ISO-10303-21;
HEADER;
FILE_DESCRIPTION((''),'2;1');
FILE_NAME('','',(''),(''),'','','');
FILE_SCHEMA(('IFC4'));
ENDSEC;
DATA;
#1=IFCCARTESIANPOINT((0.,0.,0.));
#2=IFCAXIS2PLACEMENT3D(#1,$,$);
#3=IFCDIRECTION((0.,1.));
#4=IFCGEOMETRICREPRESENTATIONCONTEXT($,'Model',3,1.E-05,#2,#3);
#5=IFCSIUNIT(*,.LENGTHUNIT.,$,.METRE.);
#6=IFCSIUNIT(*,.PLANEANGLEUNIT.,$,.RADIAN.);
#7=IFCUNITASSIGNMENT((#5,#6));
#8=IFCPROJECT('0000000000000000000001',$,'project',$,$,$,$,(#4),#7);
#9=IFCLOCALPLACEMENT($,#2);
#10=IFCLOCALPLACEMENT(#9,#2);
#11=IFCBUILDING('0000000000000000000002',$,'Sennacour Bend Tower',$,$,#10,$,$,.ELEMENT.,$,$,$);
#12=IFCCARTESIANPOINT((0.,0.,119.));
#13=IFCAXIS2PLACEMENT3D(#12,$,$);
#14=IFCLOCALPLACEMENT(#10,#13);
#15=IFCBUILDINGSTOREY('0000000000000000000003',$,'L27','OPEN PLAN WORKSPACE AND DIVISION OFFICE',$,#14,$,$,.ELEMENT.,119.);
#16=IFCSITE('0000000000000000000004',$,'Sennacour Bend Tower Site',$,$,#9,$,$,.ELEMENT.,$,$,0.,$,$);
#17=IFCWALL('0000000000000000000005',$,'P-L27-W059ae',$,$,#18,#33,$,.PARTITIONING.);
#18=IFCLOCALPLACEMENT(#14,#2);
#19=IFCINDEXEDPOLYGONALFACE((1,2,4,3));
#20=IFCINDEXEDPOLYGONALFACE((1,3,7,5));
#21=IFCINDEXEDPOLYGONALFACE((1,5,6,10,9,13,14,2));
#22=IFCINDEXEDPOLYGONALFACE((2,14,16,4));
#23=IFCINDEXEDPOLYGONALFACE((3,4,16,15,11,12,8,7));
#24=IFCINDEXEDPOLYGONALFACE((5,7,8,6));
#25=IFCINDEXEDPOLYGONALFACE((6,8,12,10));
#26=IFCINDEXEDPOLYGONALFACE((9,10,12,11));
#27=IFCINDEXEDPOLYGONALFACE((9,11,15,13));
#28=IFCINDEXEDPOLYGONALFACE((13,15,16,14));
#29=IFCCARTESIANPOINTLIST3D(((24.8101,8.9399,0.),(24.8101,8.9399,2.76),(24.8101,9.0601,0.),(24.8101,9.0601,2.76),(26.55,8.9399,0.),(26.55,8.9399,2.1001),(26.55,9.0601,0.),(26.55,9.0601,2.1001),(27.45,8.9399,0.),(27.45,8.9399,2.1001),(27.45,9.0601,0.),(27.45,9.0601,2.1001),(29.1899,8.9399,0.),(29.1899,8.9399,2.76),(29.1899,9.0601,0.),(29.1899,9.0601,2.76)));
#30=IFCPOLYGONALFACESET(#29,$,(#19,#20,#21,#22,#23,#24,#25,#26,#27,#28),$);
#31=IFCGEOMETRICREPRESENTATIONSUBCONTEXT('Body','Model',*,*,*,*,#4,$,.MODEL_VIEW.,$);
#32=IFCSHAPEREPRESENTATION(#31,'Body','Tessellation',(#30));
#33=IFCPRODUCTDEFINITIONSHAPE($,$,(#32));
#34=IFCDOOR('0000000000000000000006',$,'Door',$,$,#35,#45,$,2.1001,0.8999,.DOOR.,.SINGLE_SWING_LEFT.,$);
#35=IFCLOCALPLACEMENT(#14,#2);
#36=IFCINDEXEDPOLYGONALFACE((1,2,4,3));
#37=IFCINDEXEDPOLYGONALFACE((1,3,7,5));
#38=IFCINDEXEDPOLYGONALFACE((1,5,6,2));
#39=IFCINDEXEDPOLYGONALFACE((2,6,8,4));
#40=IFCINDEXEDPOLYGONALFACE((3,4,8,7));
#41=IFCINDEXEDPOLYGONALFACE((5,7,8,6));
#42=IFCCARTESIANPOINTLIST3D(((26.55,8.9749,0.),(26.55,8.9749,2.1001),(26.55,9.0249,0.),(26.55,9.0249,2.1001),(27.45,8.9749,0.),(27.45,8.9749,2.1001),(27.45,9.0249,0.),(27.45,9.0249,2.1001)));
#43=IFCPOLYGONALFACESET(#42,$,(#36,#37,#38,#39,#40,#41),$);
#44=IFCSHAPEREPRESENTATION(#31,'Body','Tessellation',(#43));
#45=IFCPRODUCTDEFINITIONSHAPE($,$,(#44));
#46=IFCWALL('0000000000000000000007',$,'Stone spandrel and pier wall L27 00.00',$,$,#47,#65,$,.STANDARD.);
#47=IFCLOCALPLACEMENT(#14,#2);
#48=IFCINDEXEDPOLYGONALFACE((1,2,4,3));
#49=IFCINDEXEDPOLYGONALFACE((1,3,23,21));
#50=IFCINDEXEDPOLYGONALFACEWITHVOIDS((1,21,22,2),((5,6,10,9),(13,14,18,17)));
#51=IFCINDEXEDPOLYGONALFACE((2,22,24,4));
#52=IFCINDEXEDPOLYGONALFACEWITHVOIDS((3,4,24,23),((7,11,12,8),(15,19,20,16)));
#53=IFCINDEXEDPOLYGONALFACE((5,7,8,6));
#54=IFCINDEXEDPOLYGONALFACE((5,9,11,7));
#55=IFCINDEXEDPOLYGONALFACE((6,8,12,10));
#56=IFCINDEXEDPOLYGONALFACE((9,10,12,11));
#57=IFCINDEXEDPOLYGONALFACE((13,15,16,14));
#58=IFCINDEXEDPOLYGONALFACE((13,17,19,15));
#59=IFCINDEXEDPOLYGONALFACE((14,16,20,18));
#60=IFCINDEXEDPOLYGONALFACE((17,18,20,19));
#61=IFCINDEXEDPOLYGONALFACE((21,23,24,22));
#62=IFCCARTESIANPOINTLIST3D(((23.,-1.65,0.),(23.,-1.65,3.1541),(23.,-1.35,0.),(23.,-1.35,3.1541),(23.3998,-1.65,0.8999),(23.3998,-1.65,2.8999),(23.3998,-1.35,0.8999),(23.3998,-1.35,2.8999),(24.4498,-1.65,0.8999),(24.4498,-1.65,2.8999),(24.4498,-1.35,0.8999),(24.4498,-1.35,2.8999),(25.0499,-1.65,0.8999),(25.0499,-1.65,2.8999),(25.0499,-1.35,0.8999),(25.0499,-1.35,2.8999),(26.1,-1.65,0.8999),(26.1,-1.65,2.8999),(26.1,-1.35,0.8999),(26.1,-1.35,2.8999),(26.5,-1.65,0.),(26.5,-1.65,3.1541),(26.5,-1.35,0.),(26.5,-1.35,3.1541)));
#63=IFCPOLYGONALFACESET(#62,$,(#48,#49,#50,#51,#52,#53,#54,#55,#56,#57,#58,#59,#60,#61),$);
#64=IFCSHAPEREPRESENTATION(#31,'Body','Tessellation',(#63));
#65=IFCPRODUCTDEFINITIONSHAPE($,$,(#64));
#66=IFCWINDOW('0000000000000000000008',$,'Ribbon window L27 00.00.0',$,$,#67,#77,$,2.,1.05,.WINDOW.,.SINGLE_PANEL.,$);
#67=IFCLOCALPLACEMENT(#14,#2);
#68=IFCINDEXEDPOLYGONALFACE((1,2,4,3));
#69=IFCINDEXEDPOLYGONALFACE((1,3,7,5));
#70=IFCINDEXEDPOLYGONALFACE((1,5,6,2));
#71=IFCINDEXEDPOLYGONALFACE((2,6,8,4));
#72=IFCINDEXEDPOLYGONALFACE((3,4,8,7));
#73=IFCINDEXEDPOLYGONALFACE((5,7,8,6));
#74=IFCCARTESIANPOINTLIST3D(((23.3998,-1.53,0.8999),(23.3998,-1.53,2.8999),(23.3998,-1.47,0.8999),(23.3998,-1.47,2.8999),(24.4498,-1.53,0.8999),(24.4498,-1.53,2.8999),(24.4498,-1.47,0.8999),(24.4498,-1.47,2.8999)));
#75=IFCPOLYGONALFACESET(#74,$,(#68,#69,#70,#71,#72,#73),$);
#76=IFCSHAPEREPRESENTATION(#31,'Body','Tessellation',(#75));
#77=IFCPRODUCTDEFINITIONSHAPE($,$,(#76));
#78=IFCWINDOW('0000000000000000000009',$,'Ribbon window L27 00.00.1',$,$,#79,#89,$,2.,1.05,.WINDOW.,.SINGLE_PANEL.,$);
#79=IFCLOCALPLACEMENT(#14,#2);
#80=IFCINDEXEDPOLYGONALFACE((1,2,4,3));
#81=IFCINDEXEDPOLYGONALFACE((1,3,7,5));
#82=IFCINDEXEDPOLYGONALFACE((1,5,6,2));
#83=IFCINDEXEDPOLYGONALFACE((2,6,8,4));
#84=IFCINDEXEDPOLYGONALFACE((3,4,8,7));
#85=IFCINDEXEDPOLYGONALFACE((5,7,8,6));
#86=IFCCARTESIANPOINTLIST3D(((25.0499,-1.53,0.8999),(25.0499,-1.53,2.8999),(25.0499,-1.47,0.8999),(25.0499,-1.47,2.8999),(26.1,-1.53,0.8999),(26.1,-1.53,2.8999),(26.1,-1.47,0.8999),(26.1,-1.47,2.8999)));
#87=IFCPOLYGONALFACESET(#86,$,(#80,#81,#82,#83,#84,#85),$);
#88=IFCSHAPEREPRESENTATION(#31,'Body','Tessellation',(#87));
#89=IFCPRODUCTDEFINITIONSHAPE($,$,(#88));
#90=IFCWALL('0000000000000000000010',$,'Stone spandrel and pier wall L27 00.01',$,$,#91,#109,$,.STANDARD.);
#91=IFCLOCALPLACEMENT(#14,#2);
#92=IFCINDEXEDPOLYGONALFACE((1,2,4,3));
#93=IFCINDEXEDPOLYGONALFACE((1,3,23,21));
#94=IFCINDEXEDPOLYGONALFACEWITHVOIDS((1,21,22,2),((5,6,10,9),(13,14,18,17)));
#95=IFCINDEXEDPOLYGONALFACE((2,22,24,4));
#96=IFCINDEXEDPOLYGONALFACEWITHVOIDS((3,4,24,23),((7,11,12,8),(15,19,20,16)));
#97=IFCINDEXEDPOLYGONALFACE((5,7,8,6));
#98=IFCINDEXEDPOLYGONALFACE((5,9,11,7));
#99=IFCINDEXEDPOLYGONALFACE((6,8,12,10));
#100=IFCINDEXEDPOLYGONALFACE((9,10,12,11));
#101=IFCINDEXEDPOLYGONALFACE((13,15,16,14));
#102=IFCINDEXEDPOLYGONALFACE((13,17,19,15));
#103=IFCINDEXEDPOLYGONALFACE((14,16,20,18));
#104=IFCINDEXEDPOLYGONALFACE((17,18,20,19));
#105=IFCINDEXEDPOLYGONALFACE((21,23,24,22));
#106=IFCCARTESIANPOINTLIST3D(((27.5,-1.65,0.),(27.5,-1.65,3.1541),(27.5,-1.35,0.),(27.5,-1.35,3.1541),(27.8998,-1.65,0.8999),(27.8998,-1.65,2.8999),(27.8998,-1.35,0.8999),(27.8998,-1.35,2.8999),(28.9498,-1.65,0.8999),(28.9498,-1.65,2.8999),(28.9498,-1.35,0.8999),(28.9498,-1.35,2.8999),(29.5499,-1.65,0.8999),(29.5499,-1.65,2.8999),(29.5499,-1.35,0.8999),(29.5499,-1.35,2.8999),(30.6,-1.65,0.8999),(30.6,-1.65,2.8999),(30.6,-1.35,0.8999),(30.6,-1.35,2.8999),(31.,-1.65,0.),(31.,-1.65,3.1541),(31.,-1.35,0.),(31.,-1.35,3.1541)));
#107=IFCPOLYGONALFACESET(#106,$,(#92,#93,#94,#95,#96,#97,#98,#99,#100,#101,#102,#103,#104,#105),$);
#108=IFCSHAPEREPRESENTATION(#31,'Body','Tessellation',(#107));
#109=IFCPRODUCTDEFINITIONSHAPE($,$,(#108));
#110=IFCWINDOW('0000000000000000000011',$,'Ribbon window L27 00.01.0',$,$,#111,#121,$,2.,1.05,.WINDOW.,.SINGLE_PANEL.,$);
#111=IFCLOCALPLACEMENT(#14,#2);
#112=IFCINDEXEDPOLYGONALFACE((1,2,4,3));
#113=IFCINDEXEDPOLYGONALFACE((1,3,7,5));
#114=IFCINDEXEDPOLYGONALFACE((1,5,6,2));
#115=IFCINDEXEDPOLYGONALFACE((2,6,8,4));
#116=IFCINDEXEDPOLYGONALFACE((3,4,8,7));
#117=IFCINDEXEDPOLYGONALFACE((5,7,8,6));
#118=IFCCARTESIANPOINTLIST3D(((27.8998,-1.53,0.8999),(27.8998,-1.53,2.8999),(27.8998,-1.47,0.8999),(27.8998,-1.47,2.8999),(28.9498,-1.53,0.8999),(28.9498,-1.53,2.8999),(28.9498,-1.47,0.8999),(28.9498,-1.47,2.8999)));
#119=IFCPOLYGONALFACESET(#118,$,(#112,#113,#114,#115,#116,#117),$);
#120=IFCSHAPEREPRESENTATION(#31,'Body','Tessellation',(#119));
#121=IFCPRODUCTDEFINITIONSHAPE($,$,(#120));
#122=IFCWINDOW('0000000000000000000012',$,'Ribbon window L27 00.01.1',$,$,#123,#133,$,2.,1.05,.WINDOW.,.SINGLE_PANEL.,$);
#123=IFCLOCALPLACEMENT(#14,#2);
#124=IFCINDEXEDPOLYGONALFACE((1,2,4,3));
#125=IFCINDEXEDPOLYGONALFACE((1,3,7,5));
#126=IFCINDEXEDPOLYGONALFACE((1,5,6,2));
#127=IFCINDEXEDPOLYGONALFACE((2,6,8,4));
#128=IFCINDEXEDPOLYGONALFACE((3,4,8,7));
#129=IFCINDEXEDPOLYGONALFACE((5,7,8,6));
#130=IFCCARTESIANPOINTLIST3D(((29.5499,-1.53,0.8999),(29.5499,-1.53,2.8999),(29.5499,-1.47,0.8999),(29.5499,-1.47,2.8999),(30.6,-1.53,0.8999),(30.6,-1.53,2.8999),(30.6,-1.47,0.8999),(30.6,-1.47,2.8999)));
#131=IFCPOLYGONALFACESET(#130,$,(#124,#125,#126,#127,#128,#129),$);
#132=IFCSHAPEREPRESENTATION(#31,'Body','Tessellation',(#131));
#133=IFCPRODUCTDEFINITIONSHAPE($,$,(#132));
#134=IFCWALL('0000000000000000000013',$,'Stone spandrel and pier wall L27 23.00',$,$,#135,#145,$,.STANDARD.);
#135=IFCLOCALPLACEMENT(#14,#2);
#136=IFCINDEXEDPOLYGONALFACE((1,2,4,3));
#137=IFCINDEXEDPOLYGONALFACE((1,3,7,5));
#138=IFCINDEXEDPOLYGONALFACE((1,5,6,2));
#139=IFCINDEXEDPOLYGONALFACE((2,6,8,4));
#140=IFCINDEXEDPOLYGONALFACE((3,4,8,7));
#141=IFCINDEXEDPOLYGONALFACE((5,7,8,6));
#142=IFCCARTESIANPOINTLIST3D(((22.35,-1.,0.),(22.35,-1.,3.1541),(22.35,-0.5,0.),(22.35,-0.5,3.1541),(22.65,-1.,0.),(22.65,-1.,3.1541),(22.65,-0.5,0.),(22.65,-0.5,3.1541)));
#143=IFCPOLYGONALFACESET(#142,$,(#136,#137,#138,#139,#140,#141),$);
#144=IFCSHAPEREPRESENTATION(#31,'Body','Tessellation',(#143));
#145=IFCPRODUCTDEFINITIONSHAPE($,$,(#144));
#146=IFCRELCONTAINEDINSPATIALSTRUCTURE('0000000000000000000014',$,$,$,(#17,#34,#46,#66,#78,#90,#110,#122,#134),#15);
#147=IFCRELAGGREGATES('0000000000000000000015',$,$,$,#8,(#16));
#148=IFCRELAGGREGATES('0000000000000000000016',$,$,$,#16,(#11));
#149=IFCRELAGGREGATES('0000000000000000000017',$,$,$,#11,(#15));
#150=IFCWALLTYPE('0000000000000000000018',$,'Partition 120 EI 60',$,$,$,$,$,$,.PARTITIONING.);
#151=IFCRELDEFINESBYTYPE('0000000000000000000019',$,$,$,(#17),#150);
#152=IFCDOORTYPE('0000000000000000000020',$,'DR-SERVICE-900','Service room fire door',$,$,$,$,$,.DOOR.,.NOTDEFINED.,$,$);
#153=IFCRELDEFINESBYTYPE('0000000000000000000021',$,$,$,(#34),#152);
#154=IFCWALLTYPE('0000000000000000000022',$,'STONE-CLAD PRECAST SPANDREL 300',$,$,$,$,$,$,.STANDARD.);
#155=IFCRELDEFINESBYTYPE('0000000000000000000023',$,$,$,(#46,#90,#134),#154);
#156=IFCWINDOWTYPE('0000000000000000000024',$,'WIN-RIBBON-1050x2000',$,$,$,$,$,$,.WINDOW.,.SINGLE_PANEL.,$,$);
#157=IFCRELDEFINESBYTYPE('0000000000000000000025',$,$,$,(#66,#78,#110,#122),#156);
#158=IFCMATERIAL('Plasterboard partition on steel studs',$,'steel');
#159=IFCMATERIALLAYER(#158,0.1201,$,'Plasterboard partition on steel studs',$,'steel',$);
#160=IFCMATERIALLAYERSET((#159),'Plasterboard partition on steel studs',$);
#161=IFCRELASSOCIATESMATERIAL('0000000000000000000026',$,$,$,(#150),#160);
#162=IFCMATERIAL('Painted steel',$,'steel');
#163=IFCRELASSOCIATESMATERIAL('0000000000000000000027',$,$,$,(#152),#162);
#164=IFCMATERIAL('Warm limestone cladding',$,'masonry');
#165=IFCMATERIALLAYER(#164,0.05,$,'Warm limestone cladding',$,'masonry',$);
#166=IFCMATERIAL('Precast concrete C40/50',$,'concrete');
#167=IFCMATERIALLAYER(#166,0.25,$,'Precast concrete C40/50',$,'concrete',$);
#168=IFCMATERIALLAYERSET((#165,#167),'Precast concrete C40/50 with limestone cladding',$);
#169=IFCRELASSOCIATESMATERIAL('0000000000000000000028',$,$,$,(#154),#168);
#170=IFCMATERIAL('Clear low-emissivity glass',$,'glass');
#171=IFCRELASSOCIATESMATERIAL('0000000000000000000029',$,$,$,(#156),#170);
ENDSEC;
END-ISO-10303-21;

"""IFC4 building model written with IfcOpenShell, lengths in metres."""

from ifc_helpers import new_model, si_unit, direction, frame, frame_2d, origin, place, context, subcontext, project, spatial, rectangle, extrude, material, layer, layer_set, type_object, element, fill, save


model = new_model("IFC4")

# Units and contexts
model_context = context("Model", 3, precision=1e-05, world=origin(), true_north=direction((0.0, 1.0)))
body_context = subcontext(model_context, "Body", "Model", "MODEL_VIEW")
ifc_project = project(units=[si_unit("LENGTHUNIT", "METRE"), si_unit("PLANEANGLEUNIT", "RADIAN")], contexts=[model_context])

# Site, building, storey
site_placement = place(None, origin())
site = spatial("IfcSite", under=ifc_project, at=site_placement, Name="Sennacour Bend Tower Site", CompositionType="ELEMENT", RefElevation=0.0)
building_placement = place(site_placement, origin())
building = spatial("IfcBuilding", under=site, at=building_placement, Name="Sennacour Bend Tower", CompositionType="ELEMENT")
storey_placement = place(building_placement, frame((0.0, 0.0, 119.0)))
storey = spatial("IfcBuildingStorey", under=building, at=storey_placement, Name="L27", Description="OPEN PLAN WORKSPACE AND DIVISION OFFICE", CompositionType="ELEMENT", Elevation=119.0)

# Shared definitions
ifc_material_1 = material(Name="Plasterboard partition on steel studs", Category="steel")

# Wall, opening, door
ifc_layer_1 = layer(ifc_material_1, 0.1201, Name="Plasterboard partition on steel studs", Category="steel")
ifc_layer_set_1 = layer_set([ifc_layer_1], Name="Plasterboard partition on steel studs")
wall_type_1 = type_object("IfcWallType", Name="Partition 120 EI 60", PredefinedType="PARTITIONING", material=ifc_layer_set_1)
wall_1_placement = place(storey_placement, frame((24.8101, 9.0, 0.0), z_axis=(0.0, 0.0, 1.0), x_axis=(1.0, 0.0, 0.0)))
wall_1 = element("IfcWall", 1, at=wall_1_placement, inside=storey, type_object=wall_type_1, Name="P-L27-W059ae", PredefinedType="PARTITIONING", context=body_context, shape_type="SweptSolid", body=[
    extrude(rectangle(XDim=4.3799, YDim=0.1201, at=frame_2d((2.1899, 0.0))), origin(), (0.0, 0.0, 1.0), 2.76),
])
opening_1_placement = place(wall_1_placement, frame((1.74, 0.0, 0.0)))
opening_1 = element("IfcOpeningElement", 2, at=opening_1_placement, cuts=wall_1, PredefinedType="OPENING", context=body_context, shape_type="SweptSolid", body=[
    extrude(rectangle(XDim=0.8999, YDim=2.1001, at=frame_2d((0.45, 1.05))), frame((0.0, 0.0701, 0.0), z_axis=(0.0, -1.0, 0.0), x_axis=(1.0, 0.0, 0.0)), (0.0, 0.0, 1.0), 0.1401),
])
ifc_material_2 = material(Name="Painted steel", Category="steel")
door_type_1 = type_object("IfcDoorType", Name="DR-SERVICE-900", Description="Service room fire door", OperationType="NOTDEFINED", PredefinedType="DOOR", material=ifc_material_2)
door_1_placement = place(opening_1_placement, origin())
door_1 = element("IfcDoor", 3, at=door_1_placement, inside=storey, type_object=door_type_1, Name="Door", OperationType="SINGLE_SWING_LEFT", OverallHeight=2.1001, OverallWidth=0.8999, PredefinedType="DOOR", context=body_context, shape_type="SweptSolid", body=[
    extrude(rectangle(XDim=0.8999, YDim=2.1001, at=frame_2d((0.45, 1.05))), frame((0.0, 0.0249, 0.0), z_axis=(0.0, -1.0, 0.0), x_axis=(1.0, 0.0, 0.0)), (0.0, 0.0, 1.0), 0.05),
])
fill(opening_1, door_1)

# Walls, openings, windows
ifc_material_3 = material(Name="Warm limestone cladding", Category="masonry")
ifc_layer_2 = layer(ifc_material_3, 0.05, Name="Warm limestone cladding", Category="masonry")
ifc_material_4 = material(Name="Precast concrete C40/50", Category="concrete")
ifc_layer_3 = layer(ifc_material_4, 0.25, Name="Precast concrete C40/50", Category="concrete")
ifc_layer_set_2 = layer_set([ifc_layer_2, ifc_layer_3], Name="Precast concrete C40/50 with limestone cladding")
wall_type_2 = type_object("IfcWallType", Name="STONE-CLAD PRECAST SPANDREL 300", PredefinedType="STANDARD", material=ifc_layer_set_2)
wall_2_placement = place(storey_placement, frame((23.0, -1.5, 0.0), z_axis=(0.0, 0.0, 1.0), x_axis=(1.0, 0.0, 0.0)))
wall_2 = element("IfcWall", 4, at=wall_2_placement, inside=storey, type_object=wall_type_2, Name="Stone spandrel and pier wall L27 00.00", PredefinedType="STANDARD", context=body_context, shape_type="SweptSolid", body=[
    extrude(rectangle(XDim=3.5, YDim=0.3, at=frame_2d((1.75, 0.0))), origin(), (0.0, 0.0, 1.0), 3.1541),
])
opening_2_placement = place(wall_2_placement, frame((0.3999, 0.0, 0.8999)))
opening_2 = element("IfcOpeningElement", 5, at=opening_2_placement, cuts=wall_2, PredefinedType="OPENING", context=body_context, shape_type="SweptSolid", body=[
    extrude(rectangle(XDim=1.05, YDim=2.0, at=frame_2d((0.5249, 1.0))), frame((0.0, 0.1602, 0.0), z_axis=(0.0, -1.0, 0.0), x_axis=(1.0, 0.0, 0.0)), (0.0, 0.0, 1.0), 0.3201),
])
opening_3_placement = place(wall_2_placement, frame((2.05, 0.0, 0.8999)))
opening_3 = element("IfcOpeningElement", 6, at=opening_3_placement, cuts=wall_2, PredefinedType="OPENING", context=body_context, shape_type="SweptSolid", body=[
    extrude(rectangle(XDim=1.05, YDim=2.0, at=frame_2d((0.5249, 1.0))), frame((0.0, 0.1602, 0.0), z_axis=(0.0, -1.0, 0.0), x_axis=(1.0, 0.0, 0.0)), (0.0, 0.0, 1.0), 0.3201),
])
ifc_material_5 = material(Name="Clear low-emissivity glass", Category="glass")
window_type = type_object("IfcWindowType", Name="WIN-RIBBON-1050x2000", PartitioningType="SINGLE_PANEL", PredefinedType="WINDOW", material=ifc_material_5)
window_1_placement = place(opening_2_placement, origin())
window_1 = element("IfcWindow", 7, at=window_1_placement, inside=storey, type_object=window_type, Name="Ribbon window L27 00.00.0", OverallHeight=2.0, OverallWidth=1.05, PartitioningType="SINGLE_PANEL", PredefinedType="WINDOW", context=body_context, shape_type="SweptSolid", body=[
    extrude(rectangle(XDim=1.05, YDim=2.0, at=frame_2d((0.5249, 1.0))), frame((0.0, 0.03, 0.0), z_axis=(0.0, -1.0, 0.0), x_axis=(1.0, 0.0, 0.0)), (0.0, 0.0, 1.0), 0.0601),
])
fill(opening_2, window_1)
window_2_placement = place(opening_3_placement, origin())
window_2 = element("IfcWindow", 8, at=window_2_placement, inside=storey, type_object=window_type, Name="Ribbon window L27 00.00.1", OverallHeight=2.0, OverallWidth=1.05, PartitioningType="SINGLE_PANEL", PredefinedType="WINDOW", context=body_context, shape_type="SweptSolid", body=[
    extrude(rectangle(XDim=1.05, YDim=2.0, at=frame_2d((0.5249, 1.0))), frame((0.0, 0.03, 0.0), z_axis=(0.0, -1.0, 0.0), x_axis=(1.0, 0.0, 0.0)), (0.0, 0.0, 1.0), 0.0601),
])
fill(opening_3, window_2)
wall_3_placement = place(storey_placement, frame((27.5, -1.5, 0.0), z_axis=(0.0, 0.0, 1.0), x_axis=(1.0, 0.0, 0.0)))
wall_3 = element("IfcWall", 9, at=wall_3_placement, inside=storey, type_object=wall_type_2, Name="Stone spandrel and pier wall L27 00.01", PredefinedType="STANDARD", context=body_context, shape_type="SweptSolid", body=[
    extrude(rectangle(XDim=3.5, YDim=0.3, at=frame_2d((1.75, 0.0))), origin(), (0.0, 0.0, 1.0), 3.1541),
])
opening_4_placement = place(wall_3_placement, frame((0.3999, 0.0, 0.8999)))
opening_4 = element("IfcOpeningElement", 10, at=opening_4_placement, cuts=wall_3, PredefinedType="OPENING", context=body_context, shape_type="SweptSolid", body=[
    extrude(rectangle(XDim=1.05, YDim=2.0, at=frame_2d((0.5249, 1.0))), frame((0.0, 0.1602, 0.0), z_axis=(0.0, -1.0, 0.0), x_axis=(1.0, 0.0, 0.0)), (0.0, 0.0, 1.0), 0.3201),
])
opening_5_placement = place(wall_3_placement, frame((2.05, 0.0, 0.8999)))
opening_5 = element("IfcOpeningElement", 11, at=opening_5_placement, cuts=wall_3, PredefinedType="OPENING", context=body_context, shape_type="SweptSolid", body=[
    extrude(rectangle(XDim=1.05, YDim=2.0, at=frame_2d((0.5249, 1.0))), frame((0.0, 0.1602, 0.0), z_axis=(0.0, -1.0, 0.0), x_axis=(1.0, 0.0, 0.0)), (0.0, 0.0, 1.0), 0.3201),
])
window_3_placement = place(opening_4_placement, origin())
window_3 = element("IfcWindow", 12, at=window_3_placement, inside=storey, type_object=window_type, Name="Ribbon window L27 00.01.0", OverallHeight=2.0, OverallWidth=1.05, PartitioningType="SINGLE_PANEL", PredefinedType="WINDOW", context=body_context, shape_type="SweptSolid", body=[
    extrude(rectangle(XDim=1.05, YDim=2.0, at=frame_2d((0.5249, 1.0))), frame((0.0, 0.03, 0.0), z_axis=(0.0, -1.0, 0.0), x_axis=(1.0, 0.0, 0.0)), (0.0, 0.0, 1.0), 0.0601),
])
fill(opening_4, window_3)
window_4_placement = place(opening_5_placement, origin())
window_4 = element("IfcWindow", 13, at=window_4_placement, inside=storey, type_object=window_type, Name="Ribbon window L27 00.01.1", OverallHeight=2.0, OverallWidth=1.05, PartitioningType="SINGLE_PANEL", PredefinedType="WINDOW", context=body_context, shape_type="SweptSolid", body=[
    extrude(rectangle(XDim=1.05, YDim=2.0, at=frame_2d((0.5249, 1.0))), frame((0.0, 0.03, 0.0), z_axis=(0.0, -1.0, 0.0), x_axis=(1.0, 0.0, 0.0)), (0.0, 0.0, 1.0), 0.0601),
])
fill(opening_5, window_4)

# Wall
wall_4_placement = place(storey_placement, frame((22.5, -0.5, 0.0), z_axis=(0.0, 0.0, 1.0), x_axis=(0.0, -1.0, 0.0)))
element("IfcWall", 14, at=wall_4_placement, inside=storey, type_object=wall_type_2, Name="Stone spandrel and pier wall L27 23.00", PredefinedType="STANDARD", context=body_context, shape_type="SweptSolid", body=[
    extrude(rectangle(XDim=0.5, YDim=0.3, at=frame_2d((0.25, 0.0))), origin(), (0.0, 0.0, 1.0), 3.1541),
])

save(model, "model.ifc")
